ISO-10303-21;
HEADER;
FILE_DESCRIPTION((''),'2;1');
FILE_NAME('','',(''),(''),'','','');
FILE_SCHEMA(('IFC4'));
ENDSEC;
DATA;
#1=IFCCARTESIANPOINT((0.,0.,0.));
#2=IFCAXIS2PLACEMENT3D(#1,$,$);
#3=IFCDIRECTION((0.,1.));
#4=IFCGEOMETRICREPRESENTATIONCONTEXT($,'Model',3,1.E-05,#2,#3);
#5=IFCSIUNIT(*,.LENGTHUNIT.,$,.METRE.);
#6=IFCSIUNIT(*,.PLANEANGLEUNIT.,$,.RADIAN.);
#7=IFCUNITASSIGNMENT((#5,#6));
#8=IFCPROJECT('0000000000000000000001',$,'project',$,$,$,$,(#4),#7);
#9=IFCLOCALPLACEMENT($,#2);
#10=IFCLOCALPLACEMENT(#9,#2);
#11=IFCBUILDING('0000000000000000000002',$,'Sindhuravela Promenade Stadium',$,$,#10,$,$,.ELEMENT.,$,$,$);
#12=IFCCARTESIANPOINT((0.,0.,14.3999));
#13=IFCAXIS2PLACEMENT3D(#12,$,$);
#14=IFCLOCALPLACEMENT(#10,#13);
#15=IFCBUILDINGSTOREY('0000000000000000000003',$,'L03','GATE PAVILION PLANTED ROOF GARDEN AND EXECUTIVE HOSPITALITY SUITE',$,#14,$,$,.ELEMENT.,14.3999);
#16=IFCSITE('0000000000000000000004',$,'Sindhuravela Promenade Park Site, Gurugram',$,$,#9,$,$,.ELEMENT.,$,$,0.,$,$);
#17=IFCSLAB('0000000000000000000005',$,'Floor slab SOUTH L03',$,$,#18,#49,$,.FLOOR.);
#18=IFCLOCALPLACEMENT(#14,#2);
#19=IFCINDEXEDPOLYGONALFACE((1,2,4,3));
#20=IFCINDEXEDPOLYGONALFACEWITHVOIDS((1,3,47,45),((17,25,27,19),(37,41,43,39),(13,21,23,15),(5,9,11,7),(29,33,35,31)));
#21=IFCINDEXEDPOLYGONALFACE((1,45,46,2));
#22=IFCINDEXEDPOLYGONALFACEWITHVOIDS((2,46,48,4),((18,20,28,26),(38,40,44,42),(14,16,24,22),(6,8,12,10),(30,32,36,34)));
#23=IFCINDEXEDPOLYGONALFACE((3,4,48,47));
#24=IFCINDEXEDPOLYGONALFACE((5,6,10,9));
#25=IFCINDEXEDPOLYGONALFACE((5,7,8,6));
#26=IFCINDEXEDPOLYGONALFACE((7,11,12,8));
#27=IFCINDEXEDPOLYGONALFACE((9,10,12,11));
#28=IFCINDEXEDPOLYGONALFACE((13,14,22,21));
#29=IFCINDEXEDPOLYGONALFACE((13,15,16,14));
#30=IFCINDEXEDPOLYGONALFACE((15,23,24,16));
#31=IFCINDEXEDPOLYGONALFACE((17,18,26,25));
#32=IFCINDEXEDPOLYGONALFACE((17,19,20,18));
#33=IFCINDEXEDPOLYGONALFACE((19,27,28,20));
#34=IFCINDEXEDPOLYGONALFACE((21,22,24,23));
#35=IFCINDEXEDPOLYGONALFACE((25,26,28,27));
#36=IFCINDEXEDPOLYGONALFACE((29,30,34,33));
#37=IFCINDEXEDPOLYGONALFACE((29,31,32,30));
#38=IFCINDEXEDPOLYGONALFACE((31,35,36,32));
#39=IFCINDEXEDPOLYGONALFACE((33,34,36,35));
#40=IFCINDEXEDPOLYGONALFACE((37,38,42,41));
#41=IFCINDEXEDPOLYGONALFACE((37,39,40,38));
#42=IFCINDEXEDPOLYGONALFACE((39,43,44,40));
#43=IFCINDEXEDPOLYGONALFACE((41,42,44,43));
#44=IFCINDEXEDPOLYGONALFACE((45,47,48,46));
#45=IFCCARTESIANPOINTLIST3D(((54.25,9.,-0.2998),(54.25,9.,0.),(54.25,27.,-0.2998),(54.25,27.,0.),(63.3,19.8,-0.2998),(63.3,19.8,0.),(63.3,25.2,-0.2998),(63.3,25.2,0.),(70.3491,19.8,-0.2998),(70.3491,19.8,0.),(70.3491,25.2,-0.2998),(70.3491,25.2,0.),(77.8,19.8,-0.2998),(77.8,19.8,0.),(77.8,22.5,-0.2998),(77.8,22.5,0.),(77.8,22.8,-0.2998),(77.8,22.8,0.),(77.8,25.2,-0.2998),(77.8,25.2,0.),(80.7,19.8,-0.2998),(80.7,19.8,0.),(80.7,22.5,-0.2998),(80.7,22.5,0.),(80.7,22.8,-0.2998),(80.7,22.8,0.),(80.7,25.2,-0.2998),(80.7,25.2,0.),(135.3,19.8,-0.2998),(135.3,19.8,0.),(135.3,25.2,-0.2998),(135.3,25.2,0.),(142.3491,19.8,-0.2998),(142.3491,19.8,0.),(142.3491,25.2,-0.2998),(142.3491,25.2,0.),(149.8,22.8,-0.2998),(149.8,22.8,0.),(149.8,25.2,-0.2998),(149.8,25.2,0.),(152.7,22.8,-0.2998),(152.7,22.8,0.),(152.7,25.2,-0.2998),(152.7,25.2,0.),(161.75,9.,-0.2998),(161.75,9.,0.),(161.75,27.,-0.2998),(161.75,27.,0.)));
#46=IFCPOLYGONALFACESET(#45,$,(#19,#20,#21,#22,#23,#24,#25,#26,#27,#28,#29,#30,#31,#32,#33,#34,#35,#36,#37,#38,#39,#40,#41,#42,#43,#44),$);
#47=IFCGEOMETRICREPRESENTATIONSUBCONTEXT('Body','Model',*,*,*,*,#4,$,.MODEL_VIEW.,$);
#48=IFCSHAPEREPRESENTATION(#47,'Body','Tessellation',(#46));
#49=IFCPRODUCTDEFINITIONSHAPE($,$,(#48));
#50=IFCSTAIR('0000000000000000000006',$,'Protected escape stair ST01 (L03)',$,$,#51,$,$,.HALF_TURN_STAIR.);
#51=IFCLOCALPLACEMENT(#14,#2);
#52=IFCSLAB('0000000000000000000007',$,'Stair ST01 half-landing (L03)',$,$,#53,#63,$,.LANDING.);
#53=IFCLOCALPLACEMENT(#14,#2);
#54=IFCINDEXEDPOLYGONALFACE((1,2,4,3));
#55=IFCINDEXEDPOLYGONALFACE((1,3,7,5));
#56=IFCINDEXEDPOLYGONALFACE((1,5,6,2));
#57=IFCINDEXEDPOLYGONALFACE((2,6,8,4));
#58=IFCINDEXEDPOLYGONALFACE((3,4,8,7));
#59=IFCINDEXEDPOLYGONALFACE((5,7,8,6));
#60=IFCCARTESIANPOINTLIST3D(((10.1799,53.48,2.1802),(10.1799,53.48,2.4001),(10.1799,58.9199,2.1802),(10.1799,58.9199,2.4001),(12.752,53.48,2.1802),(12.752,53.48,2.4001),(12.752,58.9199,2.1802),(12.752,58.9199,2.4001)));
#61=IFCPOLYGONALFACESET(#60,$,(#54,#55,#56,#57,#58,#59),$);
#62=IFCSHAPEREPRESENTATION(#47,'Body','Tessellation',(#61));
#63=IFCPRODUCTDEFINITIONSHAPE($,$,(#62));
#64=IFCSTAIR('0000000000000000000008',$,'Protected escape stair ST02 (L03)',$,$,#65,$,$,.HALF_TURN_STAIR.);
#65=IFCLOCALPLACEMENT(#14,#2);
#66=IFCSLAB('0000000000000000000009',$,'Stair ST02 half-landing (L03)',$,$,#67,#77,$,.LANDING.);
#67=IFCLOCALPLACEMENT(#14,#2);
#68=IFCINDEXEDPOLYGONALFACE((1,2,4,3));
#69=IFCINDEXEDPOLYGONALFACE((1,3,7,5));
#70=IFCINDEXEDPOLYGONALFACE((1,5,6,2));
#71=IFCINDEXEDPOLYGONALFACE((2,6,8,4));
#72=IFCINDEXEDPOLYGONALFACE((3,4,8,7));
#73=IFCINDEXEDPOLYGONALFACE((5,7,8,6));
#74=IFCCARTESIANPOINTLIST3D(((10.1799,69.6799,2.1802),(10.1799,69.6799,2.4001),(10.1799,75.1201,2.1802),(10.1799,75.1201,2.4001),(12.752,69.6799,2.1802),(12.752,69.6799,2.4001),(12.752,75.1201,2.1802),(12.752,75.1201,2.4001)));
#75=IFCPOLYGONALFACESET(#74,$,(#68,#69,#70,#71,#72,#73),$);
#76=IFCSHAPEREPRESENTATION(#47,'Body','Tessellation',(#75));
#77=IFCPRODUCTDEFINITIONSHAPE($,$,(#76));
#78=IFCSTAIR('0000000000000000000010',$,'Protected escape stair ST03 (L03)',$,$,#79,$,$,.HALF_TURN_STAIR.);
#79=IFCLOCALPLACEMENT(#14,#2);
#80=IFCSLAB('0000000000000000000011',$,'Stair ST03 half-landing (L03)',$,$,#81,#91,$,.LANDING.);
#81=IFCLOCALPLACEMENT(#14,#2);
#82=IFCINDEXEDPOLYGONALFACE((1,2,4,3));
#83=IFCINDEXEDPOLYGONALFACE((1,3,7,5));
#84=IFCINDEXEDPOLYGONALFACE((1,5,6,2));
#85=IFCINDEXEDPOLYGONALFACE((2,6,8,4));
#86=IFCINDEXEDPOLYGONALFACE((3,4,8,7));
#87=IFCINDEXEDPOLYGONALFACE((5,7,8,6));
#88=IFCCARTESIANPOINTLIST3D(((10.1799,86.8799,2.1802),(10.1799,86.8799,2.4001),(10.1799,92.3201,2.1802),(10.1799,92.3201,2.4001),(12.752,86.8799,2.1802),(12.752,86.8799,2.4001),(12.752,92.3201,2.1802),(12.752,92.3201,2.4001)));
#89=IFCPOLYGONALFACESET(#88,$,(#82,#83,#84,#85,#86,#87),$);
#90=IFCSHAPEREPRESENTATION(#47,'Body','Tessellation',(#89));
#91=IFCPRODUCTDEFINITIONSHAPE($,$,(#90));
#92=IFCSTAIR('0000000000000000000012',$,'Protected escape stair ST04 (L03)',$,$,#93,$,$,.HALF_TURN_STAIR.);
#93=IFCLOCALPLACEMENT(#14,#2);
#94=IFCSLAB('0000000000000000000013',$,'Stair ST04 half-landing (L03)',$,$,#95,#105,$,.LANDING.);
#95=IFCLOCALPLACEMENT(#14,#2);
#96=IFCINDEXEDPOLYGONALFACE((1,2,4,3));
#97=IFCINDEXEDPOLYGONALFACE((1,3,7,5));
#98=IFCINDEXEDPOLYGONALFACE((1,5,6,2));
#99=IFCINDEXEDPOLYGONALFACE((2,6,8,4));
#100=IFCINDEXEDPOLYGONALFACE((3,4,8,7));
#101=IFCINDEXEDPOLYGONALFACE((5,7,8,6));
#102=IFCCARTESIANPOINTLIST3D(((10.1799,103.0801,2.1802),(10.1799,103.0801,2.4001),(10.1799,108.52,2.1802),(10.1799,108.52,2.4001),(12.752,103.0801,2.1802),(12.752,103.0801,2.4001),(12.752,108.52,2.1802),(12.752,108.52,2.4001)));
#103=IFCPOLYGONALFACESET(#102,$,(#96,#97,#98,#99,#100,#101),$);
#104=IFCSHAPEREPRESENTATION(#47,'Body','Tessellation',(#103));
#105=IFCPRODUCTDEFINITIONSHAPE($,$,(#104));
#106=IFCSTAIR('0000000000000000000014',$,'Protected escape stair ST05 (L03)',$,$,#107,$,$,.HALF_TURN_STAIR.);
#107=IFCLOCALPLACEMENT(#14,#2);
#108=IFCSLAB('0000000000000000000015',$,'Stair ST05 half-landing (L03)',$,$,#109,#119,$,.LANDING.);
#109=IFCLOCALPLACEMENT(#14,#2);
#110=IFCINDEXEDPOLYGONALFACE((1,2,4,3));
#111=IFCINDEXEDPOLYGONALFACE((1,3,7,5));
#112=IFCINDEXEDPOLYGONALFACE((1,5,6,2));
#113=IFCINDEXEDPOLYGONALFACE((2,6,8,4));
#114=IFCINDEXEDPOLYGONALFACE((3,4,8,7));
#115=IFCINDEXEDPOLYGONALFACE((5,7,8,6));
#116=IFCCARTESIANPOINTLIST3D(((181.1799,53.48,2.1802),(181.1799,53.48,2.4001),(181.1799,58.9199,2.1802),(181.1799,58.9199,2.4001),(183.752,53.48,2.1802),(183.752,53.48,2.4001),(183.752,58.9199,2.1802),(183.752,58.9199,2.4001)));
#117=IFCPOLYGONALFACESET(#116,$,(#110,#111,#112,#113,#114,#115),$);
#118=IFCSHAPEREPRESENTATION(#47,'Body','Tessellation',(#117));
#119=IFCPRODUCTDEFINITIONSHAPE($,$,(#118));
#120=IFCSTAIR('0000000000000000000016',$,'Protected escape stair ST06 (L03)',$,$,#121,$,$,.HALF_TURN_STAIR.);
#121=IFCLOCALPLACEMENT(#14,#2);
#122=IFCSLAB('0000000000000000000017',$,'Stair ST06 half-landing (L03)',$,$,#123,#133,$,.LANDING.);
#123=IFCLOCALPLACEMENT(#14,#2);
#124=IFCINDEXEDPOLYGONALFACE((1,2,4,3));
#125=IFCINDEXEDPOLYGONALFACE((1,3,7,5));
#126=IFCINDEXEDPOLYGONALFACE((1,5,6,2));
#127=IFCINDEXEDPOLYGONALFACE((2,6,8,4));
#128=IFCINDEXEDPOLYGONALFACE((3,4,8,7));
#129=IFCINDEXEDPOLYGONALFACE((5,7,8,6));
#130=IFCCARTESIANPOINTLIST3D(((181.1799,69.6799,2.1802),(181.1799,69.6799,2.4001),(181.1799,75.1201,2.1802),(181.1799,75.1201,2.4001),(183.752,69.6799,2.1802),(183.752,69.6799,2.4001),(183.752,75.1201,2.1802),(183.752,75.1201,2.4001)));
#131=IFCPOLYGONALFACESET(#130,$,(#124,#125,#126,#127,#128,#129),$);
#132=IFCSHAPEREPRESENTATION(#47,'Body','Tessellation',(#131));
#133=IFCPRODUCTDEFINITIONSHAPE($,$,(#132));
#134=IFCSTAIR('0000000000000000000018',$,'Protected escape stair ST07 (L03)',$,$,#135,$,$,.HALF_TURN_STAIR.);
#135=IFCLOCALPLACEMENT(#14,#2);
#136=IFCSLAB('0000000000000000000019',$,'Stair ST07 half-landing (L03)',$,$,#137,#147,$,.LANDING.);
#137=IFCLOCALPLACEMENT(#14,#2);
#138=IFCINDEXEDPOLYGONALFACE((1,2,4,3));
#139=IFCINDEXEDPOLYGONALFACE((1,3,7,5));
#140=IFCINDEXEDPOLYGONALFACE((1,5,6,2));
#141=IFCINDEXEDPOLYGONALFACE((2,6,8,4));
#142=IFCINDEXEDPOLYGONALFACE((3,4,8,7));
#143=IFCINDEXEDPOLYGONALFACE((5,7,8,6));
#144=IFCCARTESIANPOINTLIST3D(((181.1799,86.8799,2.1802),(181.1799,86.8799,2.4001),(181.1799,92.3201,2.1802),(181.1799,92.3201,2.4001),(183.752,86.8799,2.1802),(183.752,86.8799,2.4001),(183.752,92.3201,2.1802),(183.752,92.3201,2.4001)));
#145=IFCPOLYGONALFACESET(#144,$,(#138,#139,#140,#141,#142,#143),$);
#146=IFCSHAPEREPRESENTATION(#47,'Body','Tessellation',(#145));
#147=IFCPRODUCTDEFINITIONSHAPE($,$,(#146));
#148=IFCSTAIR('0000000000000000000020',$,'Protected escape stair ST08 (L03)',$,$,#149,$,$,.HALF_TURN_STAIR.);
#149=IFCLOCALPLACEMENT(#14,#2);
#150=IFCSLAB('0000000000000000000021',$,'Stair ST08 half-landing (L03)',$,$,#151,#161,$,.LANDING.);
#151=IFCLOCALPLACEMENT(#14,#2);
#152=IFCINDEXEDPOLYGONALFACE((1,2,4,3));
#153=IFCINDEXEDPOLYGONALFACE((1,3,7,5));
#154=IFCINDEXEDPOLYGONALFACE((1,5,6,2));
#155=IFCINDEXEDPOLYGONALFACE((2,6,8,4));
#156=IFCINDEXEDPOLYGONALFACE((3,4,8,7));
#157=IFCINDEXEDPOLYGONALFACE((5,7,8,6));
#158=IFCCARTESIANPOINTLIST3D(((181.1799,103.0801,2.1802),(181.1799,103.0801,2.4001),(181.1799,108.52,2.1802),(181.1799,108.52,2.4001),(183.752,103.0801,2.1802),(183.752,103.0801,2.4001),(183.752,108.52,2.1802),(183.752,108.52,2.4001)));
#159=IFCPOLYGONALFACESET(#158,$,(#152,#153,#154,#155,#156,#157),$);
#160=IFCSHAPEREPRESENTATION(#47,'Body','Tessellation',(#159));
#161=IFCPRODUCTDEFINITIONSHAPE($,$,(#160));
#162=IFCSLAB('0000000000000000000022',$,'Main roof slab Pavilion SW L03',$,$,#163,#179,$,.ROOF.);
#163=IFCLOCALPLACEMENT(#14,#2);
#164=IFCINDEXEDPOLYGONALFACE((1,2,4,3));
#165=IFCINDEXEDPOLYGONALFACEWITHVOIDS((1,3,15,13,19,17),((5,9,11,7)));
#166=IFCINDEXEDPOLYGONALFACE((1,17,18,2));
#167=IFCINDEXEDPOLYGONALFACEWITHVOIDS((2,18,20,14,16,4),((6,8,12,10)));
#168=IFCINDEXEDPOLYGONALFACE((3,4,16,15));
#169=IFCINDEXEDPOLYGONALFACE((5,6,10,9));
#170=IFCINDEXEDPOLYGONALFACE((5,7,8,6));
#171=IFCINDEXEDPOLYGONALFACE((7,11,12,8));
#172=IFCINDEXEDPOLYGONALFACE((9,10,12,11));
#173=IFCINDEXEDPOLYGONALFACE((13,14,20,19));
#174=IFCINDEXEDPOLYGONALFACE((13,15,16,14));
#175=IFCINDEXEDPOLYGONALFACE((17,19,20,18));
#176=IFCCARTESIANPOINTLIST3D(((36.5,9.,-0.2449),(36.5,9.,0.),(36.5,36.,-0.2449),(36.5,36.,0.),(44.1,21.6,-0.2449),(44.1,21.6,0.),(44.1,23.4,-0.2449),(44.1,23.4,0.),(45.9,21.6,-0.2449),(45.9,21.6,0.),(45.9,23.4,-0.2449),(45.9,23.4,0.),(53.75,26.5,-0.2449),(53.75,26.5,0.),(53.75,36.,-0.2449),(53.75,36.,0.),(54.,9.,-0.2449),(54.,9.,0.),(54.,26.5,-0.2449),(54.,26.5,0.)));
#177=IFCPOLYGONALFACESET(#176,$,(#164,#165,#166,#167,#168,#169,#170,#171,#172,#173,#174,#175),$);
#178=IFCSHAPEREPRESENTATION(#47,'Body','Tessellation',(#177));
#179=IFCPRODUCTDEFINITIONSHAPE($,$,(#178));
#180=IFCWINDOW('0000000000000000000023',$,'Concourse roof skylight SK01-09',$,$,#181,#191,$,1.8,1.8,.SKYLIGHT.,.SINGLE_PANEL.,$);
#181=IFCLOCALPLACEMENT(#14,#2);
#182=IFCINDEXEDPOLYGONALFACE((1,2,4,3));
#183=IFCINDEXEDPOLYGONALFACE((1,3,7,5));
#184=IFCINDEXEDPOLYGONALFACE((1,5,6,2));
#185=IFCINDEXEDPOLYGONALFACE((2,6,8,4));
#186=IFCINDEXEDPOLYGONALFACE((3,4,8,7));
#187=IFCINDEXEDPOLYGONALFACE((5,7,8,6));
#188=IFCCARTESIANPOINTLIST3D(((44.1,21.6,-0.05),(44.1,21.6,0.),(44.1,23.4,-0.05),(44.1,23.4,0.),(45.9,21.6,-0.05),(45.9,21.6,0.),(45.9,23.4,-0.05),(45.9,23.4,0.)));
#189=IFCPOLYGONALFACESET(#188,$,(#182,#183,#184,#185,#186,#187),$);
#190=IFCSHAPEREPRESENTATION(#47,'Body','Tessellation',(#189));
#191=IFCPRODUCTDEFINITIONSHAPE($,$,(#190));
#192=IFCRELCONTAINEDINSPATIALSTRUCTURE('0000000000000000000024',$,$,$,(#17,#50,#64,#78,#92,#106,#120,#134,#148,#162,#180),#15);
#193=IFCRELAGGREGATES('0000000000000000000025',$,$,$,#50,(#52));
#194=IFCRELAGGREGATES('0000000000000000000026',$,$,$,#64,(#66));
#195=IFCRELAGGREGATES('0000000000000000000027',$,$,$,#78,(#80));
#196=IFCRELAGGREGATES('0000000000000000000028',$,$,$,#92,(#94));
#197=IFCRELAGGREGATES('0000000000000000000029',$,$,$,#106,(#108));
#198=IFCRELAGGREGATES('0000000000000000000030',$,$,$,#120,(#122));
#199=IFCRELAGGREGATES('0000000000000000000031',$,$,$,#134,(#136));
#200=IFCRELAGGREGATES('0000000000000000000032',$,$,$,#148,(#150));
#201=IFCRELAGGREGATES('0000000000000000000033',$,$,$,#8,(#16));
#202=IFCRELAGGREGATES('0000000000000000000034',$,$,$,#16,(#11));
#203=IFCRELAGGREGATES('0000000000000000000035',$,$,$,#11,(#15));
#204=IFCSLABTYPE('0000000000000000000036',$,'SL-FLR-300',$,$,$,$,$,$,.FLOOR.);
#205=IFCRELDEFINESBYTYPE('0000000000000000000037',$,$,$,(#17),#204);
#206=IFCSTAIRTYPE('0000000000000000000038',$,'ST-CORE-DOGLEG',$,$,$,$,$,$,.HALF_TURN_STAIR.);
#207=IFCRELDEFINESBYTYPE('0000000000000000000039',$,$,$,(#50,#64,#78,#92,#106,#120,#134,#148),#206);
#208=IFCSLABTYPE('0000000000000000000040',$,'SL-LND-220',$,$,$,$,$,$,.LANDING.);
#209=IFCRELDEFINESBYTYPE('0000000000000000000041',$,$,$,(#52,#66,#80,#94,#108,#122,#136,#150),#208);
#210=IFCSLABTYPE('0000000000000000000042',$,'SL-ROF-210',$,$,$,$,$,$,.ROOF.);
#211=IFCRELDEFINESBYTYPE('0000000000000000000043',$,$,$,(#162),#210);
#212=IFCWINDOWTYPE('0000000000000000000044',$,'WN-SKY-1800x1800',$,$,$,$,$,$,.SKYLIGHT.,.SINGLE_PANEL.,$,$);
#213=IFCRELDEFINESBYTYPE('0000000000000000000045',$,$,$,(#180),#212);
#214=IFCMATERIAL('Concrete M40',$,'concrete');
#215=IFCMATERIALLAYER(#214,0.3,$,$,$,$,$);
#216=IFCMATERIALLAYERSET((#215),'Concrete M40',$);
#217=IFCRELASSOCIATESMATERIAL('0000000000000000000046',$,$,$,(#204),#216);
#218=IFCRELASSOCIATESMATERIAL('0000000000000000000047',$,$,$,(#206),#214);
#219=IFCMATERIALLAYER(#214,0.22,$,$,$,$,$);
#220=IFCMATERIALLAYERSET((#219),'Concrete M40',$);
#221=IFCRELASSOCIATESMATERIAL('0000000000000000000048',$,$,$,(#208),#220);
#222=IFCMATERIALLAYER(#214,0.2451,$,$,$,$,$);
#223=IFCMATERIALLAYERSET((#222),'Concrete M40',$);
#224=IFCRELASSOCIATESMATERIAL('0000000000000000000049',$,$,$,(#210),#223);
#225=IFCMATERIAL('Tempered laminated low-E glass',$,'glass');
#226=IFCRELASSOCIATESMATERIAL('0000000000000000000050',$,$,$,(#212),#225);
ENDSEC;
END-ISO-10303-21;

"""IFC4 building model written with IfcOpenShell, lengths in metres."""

from ifc_helpers import new_model, si_unit, direction, frame, origin, origin_2d, place, context, subcontext, project, spatial, polyline, rectangle, outline, extrude, material, layer, layer_set, type_object, element, fill, aggregate, save


model = new_model("IFC4")

# Units and contexts
model_context = context("Model", 3, precision=1e-05, world=origin(), true_north=direction((0.0, 1.0)))
body_context = subcontext(model_context, "Body", "Model", "MODEL_VIEW")
ifc_project = project(units=[si_unit("LENGTHUNIT", "METRE"), si_unit("PLANEANGLEUNIT", "RADIAN")], contexts=[model_context])

# Site, building, storey
site_placement = place(None, origin())
site = spatial("IfcSite", under=ifc_project, at=site_placement, Name="Sindhuravela Promenade Park Site, Gurugram", CompositionType="ELEMENT", RefElevation=0.0)
building_placement = place(site_placement, origin())
building = spatial("IfcBuilding", under=site, at=building_placement, Name="Sindhuravela Promenade Stadium", CompositionType="ELEMENT")
storey_placement = place(building_placement, frame((0.0, 0.0, 14.3999)))
storey = spatial("IfcBuildingStorey", under=building, at=storey_placement, Name="L03", Description="GATE PAVILION PLANTED ROOF GARDEN AND EXECUTIVE HOSPITALITY SUITE", CompositionType="ELEMENT", Elevation=14.3999)

# Slab
ifc_material_1 = material(Name="Concrete M40", Category="concrete")
ifc_layer_1 = layer(ifc_material_1, 0.3)
ifc_layer_set_1 = layer_set([ifc_layer_1], Name="Concrete M40")
slab_type_1 = type_object("IfcSlabType", Name="SL-FLR-300", PredefinedType="FLOOR", material=ifc_layer_set_1)
slab_1_placement = place(storey_placement, frame((0.0, 0.0, -0.2998)))
element("IfcSlab", 1, at=slab_1_placement, inside=storey, type_object=slab_type_1, Name="Floor slab SOUTH L03", PredefinedType="FLOOR", context=body_context, shape_type="SweptSolid", body=[
    extrude(outline(polyline([(54.25, 9.0), (161.75, 9.0), (161.75, 27.0), (54.25, 27.0), (54.25, 9.0)]), holes=[polyline([(63.3, 19.8), (70.3491, 19.8), (70.3491, 25.2), (63.3, 25.2), (63.3, 19.8)]), polyline([(77.8, 22.8), (80.7, 22.8), (80.7, 25.2), (77.8, 25.2), (77.8, 22.8)]), polyline([(77.8, 19.8), (80.7, 19.8), (80.7, 22.5), (77.8, 22.5), (77.8, 19.8)]), polyline([(135.3, 19.8), (142.3491, 19.8), (142.3491, 25.2), (135.3, 25.2), (135.3, 19.8)]), polyline([(149.8, 22.8), (152.7, 22.8), (152.7, 25.2), (149.8, 25.2), (149.8, 22.8)])]), origin(), (0.0, 0.0, 1.0), 0.2998),
])

# Stairs, slabs
stair_type = type_object("IfcStairType", Name="ST-CORE-DOGLEG", PredefinedType="HALF_TURN_STAIR", material=ifc_material_1)
stair_1_placement = place(storey_placement, origin())
stair_1 = element("IfcStair", 2, at=stair_1_placement, inside=storey, type_object=stair_type, Name="Protected escape stair ST01 (L03)", PredefinedType="HALF_TURN_STAIR")
ifc_layer_2 = layer(ifc_material_1, 0.22)
ifc_layer_set_2 = layer_set([ifc_layer_2], Name="Concrete M40")
slab_type_2 = type_object("IfcSlabType", Name="SL-LND-220", PredefinedType="LANDING", material=ifc_layer_set_2)
slab_2_placement = place(storey_placement, frame((0.0, 0.0, 2.1802)))
slab_2 = element("IfcSlab", 3, at=slab_2_placement, type_object=slab_type_2, Name="Stair ST01 half-landing (L03)", PredefinedType="LANDING", context=body_context, shape_type="SweptSolid", body=[
    extrude(outline(polyline([(10.1799, 53.48), (12.752, 53.48), (12.752, 58.9199), (10.1799, 58.9199), (10.1799, 53.48)])), origin(), (0.0, 0.0, 1.0), 0.22),
])
aggregate(stair_1, [slab_2])
stair_2_placement = place(storey_placement, origin())
stair_2 = element("IfcStair", 4, at=stair_2_placement, inside=storey, type_object=stair_type, Name="Protected escape stair ST02 (L03)", PredefinedType="HALF_TURN_STAIR")
slab_3_placement = place(storey_placement, frame((0.0, 0.0, 2.1802)))
slab_3 = element("IfcSlab", 5, at=slab_3_placement, type_object=slab_type_2, Name="Stair ST02 half-landing (L03)", PredefinedType="LANDING", context=body_context, shape_type="SweptSolid", body=[
    extrude(outline(polyline([(10.1799, 69.6799), (12.752, 69.6799), (12.752, 75.1201), (10.1799, 75.1201), (10.1799, 69.6799)])), origin(), (0.0, 0.0, 1.0), 0.22),
])
aggregate(stair_2, [slab_3])
stair_3_placement = place(storey_placement, origin())
stair_3 = element("IfcStair", 6, at=stair_3_placement, inside=storey, type_object=stair_type, Name="Protected escape stair ST03 (L03)", PredefinedType="HALF_TURN_STAIR")
slab_4_placement = place(storey_placement, frame((0.0, 0.0, 2.1802)))
slab_4 = element("IfcSlab", 7, at=slab_4_placement, type_object=slab_type_2, Name="Stair ST03 half-landing (L03)", PredefinedType="LANDING", context=body_context, shape_type="SweptSolid", body=[
    extrude(outline(polyline([(10.1799, 86.8799), (12.752, 86.8799), (12.752, 92.3201), (10.1799, 92.3201), (10.1799, 86.8799)])), origin(), (0.0, 0.0, 1.0), 0.22),
])
aggregate(stair_3, [slab_4])
stair_4_placement = place(storey_placement, origin())
stair_4 = element("IfcStair", 8, at=stair_4_placement, inside=storey, type_object=stair_type, Name="Protected escape stair ST04 (L03)", PredefinedType="HALF_TURN_STAIR")
slab_5_placement = place(storey_placement, frame((0.0, 0.0, 2.1802)))
slab_5 = element("IfcSlab", 9, at=slab_5_placement, type_object=slab_type_2, Name="Stair ST04 half-landing (L03)", PredefinedType="LANDING", context=body_context, shape_type="SweptSolid", body=[
    extrude(outline(polyline([(10.1799, 103.0801), (12.752, 103.0801), (12.752, 108.52), (10.1799, 108.52), (10.1799, 103.0801)])), origin(), (0.0, 0.0, 1.0), 0.22),
])
aggregate(stair_4, [slab_5])
stair_5_placement = place(storey_placement, origin())
stair_5 = element("IfcStair", 10, at=stair_5_placement, inside=storey, type_object=stair_type, Name="Protected escape stair ST05 (L03)", PredefinedType="HALF_TURN_STAIR")
slab_6_placement = place(storey_placement, frame((0.0, 0.0, 2.1802)))
slab_6 = element("IfcSlab", 11, at=slab_6_placement, type_object=slab_type_2, Name="Stair ST05 half-landing (L03)", PredefinedType="LANDING", context=body_context, shape_type="SweptSolid", body=[
    extrude(outline(polyline([(181.1799, 53.48), (183.752, 53.48), (183.752, 58.9199), (181.1799, 58.9199), (181.1799, 53.48)])), origin(), (0.0, 0.0, 1.0), 0.22),
])
aggregate(stair_5, [slab_6])
stair_6_placement = place(storey_placement, origin())
stair_6 = element("IfcStair", 12, at=stair_6_placement, inside=storey, type_object=stair_type, Name="Protected escape stair ST06 (L03)", PredefinedType="HALF_TURN_STAIR")
slab_7_placement = place(storey_placement, frame((0.0, 0.0, 2.1802)))
slab_7 = element("IfcSlab", 13, at=slab_7_placement, type_object=slab_type_2, Name="Stair ST06 half-landing (L03)", PredefinedType="LANDING", context=body_context, shape_type="SweptSolid", body=[
    extrude(outline(polyline([(181.1799, 69.6799), (183.752, 69.6799), (183.752, 75.1201), (181.1799, 75.1201), (181.1799, 69.6799)])), origin(), (0.0, 0.0, 1.0), 0.22),
])
aggregate(stair_6, [slab_7])
stair_7_placement = place(storey_placement, origin())
stair_7 = element("IfcStair", 14, at=stair_7_placement, inside=storey, type_object=stair_type, Name="Protected escape stair ST07 (L03)", PredefinedType="HALF_TURN_STAIR")
slab_8_placement = place(storey_placement, frame((0.0, 0.0, 2.1802)))
slab_8 = element("IfcSlab", 15, at=slab_8_placement, type_object=slab_type_2, Name="Stair ST07 half-landing (L03)", PredefinedType="LANDING", context=body_context, shape_type="SweptSolid", body=[
    extrude(outline(polyline([(181.1799, 86.8799), (183.752, 86.8799), (183.752, 92.3201), (181.1799, 92.3201), (181.1799, 86.8799)])), origin(), (0.0, 0.0, 1.0), 0.22),
])
aggregate(stair_7, [slab_8])
stair_8_placement = place(storey_placement, origin())
stair_8 = element("IfcStair", 16, at=stair_8_placement, inside=storey, type_object=stair_type, Name="Protected escape stair ST08 (L03)", PredefinedType="HALF_TURN_STAIR")
slab_9_placement = place(storey_placement, frame((0.0, 0.0, 2.1802)))
slab_9 = element("IfcSlab", 17, at=slab_9_placement, type_object=slab_type_2, Name="Stair ST08 half-landing (L03)", PredefinedType="LANDING", context=body_context, shape_type="SweptSolid", body=[
    extrude(outline(polyline([(181.1799, 103.0801), (183.752, 103.0801), (183.752, 108.52), (181.1799, 108.52), (181.1799, 103.0801)])), origin(), (0.0, 0.0, 1.0), 0.22),
])
aggregate(stair_8, [slab_9])

# Slab, opening, window
ifc_layer_3 = layer(ifc_material_1, 0.2451)
ifc_layer_set_3 = layer_set([ifc_layer_3], Name="Concrete M40")
slab_type_3 = type_object("IfcSlabType", Name="SL-ROF-210", PredefinedType="ROOF", material=ifc_layer_set_3)
slab_10_placement = place(storey_placement, frame((0.0, 0.0, -0.2449)))
slab_10 = element("IfcSlab", 18, at=slab_10_placement, inside=storey, type_object=slab_type_3, Name="Main roof slab Pavilion SW L03", PredefinedType="ROOF", context=body_context, shape_type="SweptSolid", body=[
    extrude(outline(polyline([(36.5, 9.0), (36.5, 36.0), (53.75, 36.0), (53.75, 26.5), (54.0, 26.5), (54.0, 9.0), (36.5, 9.0)])), origin(), (0.0, 0.0, 1.0), 0.2449),
])
opening_1_placement = place(slab_10_placement, frame((45.0, 22.5, -0.01)))
opening_1 = element("IfcOpeningElement", 19, at=opening_1_placement, cuts=slab_10, PredefinedType="OPENING", context=body_context, shape_type="SweptSolid", body=[
    extrude(rectangle(XDim=1.8, YDim=1.8, at=origin_2d()), origin(), (0.0, 0.0, 1.0), 0.2649),
])
ifc_material_2 = material(Name="Tempered laminated low-E glass", Category="glass")
window_type = type_object("IfcWindowType", Name="WN-SKY-1800x1800", PartitioningType="SINGLE_PANEL", PredefinedType="SKYLIGHT", material=ifc_material_2)
window_1_placement = place(slab_10_placement, frame((45.0, 22.5, 0.1948)))
window_1 = element("IfcWindow", 20, at=window_1_placement, inside=storey, type_object=window_type, Name="Concourse roof skylight SK01-09", OverallHeight=1.8, OverallWidth=1.8, PartitioningType="SINGLE_PANEL", PredefinedType="SKYLIGHT", context=body_context, shape_type="SweptSolid", body=[
    extrude(rectangle(XDim=1.8, YDim=1.8, at=origin_2d()), origin(), (0.0, 0.0, 1.0), 0.05),
])
fill(opening_1, window_1)

save(model, "model.ifc")
